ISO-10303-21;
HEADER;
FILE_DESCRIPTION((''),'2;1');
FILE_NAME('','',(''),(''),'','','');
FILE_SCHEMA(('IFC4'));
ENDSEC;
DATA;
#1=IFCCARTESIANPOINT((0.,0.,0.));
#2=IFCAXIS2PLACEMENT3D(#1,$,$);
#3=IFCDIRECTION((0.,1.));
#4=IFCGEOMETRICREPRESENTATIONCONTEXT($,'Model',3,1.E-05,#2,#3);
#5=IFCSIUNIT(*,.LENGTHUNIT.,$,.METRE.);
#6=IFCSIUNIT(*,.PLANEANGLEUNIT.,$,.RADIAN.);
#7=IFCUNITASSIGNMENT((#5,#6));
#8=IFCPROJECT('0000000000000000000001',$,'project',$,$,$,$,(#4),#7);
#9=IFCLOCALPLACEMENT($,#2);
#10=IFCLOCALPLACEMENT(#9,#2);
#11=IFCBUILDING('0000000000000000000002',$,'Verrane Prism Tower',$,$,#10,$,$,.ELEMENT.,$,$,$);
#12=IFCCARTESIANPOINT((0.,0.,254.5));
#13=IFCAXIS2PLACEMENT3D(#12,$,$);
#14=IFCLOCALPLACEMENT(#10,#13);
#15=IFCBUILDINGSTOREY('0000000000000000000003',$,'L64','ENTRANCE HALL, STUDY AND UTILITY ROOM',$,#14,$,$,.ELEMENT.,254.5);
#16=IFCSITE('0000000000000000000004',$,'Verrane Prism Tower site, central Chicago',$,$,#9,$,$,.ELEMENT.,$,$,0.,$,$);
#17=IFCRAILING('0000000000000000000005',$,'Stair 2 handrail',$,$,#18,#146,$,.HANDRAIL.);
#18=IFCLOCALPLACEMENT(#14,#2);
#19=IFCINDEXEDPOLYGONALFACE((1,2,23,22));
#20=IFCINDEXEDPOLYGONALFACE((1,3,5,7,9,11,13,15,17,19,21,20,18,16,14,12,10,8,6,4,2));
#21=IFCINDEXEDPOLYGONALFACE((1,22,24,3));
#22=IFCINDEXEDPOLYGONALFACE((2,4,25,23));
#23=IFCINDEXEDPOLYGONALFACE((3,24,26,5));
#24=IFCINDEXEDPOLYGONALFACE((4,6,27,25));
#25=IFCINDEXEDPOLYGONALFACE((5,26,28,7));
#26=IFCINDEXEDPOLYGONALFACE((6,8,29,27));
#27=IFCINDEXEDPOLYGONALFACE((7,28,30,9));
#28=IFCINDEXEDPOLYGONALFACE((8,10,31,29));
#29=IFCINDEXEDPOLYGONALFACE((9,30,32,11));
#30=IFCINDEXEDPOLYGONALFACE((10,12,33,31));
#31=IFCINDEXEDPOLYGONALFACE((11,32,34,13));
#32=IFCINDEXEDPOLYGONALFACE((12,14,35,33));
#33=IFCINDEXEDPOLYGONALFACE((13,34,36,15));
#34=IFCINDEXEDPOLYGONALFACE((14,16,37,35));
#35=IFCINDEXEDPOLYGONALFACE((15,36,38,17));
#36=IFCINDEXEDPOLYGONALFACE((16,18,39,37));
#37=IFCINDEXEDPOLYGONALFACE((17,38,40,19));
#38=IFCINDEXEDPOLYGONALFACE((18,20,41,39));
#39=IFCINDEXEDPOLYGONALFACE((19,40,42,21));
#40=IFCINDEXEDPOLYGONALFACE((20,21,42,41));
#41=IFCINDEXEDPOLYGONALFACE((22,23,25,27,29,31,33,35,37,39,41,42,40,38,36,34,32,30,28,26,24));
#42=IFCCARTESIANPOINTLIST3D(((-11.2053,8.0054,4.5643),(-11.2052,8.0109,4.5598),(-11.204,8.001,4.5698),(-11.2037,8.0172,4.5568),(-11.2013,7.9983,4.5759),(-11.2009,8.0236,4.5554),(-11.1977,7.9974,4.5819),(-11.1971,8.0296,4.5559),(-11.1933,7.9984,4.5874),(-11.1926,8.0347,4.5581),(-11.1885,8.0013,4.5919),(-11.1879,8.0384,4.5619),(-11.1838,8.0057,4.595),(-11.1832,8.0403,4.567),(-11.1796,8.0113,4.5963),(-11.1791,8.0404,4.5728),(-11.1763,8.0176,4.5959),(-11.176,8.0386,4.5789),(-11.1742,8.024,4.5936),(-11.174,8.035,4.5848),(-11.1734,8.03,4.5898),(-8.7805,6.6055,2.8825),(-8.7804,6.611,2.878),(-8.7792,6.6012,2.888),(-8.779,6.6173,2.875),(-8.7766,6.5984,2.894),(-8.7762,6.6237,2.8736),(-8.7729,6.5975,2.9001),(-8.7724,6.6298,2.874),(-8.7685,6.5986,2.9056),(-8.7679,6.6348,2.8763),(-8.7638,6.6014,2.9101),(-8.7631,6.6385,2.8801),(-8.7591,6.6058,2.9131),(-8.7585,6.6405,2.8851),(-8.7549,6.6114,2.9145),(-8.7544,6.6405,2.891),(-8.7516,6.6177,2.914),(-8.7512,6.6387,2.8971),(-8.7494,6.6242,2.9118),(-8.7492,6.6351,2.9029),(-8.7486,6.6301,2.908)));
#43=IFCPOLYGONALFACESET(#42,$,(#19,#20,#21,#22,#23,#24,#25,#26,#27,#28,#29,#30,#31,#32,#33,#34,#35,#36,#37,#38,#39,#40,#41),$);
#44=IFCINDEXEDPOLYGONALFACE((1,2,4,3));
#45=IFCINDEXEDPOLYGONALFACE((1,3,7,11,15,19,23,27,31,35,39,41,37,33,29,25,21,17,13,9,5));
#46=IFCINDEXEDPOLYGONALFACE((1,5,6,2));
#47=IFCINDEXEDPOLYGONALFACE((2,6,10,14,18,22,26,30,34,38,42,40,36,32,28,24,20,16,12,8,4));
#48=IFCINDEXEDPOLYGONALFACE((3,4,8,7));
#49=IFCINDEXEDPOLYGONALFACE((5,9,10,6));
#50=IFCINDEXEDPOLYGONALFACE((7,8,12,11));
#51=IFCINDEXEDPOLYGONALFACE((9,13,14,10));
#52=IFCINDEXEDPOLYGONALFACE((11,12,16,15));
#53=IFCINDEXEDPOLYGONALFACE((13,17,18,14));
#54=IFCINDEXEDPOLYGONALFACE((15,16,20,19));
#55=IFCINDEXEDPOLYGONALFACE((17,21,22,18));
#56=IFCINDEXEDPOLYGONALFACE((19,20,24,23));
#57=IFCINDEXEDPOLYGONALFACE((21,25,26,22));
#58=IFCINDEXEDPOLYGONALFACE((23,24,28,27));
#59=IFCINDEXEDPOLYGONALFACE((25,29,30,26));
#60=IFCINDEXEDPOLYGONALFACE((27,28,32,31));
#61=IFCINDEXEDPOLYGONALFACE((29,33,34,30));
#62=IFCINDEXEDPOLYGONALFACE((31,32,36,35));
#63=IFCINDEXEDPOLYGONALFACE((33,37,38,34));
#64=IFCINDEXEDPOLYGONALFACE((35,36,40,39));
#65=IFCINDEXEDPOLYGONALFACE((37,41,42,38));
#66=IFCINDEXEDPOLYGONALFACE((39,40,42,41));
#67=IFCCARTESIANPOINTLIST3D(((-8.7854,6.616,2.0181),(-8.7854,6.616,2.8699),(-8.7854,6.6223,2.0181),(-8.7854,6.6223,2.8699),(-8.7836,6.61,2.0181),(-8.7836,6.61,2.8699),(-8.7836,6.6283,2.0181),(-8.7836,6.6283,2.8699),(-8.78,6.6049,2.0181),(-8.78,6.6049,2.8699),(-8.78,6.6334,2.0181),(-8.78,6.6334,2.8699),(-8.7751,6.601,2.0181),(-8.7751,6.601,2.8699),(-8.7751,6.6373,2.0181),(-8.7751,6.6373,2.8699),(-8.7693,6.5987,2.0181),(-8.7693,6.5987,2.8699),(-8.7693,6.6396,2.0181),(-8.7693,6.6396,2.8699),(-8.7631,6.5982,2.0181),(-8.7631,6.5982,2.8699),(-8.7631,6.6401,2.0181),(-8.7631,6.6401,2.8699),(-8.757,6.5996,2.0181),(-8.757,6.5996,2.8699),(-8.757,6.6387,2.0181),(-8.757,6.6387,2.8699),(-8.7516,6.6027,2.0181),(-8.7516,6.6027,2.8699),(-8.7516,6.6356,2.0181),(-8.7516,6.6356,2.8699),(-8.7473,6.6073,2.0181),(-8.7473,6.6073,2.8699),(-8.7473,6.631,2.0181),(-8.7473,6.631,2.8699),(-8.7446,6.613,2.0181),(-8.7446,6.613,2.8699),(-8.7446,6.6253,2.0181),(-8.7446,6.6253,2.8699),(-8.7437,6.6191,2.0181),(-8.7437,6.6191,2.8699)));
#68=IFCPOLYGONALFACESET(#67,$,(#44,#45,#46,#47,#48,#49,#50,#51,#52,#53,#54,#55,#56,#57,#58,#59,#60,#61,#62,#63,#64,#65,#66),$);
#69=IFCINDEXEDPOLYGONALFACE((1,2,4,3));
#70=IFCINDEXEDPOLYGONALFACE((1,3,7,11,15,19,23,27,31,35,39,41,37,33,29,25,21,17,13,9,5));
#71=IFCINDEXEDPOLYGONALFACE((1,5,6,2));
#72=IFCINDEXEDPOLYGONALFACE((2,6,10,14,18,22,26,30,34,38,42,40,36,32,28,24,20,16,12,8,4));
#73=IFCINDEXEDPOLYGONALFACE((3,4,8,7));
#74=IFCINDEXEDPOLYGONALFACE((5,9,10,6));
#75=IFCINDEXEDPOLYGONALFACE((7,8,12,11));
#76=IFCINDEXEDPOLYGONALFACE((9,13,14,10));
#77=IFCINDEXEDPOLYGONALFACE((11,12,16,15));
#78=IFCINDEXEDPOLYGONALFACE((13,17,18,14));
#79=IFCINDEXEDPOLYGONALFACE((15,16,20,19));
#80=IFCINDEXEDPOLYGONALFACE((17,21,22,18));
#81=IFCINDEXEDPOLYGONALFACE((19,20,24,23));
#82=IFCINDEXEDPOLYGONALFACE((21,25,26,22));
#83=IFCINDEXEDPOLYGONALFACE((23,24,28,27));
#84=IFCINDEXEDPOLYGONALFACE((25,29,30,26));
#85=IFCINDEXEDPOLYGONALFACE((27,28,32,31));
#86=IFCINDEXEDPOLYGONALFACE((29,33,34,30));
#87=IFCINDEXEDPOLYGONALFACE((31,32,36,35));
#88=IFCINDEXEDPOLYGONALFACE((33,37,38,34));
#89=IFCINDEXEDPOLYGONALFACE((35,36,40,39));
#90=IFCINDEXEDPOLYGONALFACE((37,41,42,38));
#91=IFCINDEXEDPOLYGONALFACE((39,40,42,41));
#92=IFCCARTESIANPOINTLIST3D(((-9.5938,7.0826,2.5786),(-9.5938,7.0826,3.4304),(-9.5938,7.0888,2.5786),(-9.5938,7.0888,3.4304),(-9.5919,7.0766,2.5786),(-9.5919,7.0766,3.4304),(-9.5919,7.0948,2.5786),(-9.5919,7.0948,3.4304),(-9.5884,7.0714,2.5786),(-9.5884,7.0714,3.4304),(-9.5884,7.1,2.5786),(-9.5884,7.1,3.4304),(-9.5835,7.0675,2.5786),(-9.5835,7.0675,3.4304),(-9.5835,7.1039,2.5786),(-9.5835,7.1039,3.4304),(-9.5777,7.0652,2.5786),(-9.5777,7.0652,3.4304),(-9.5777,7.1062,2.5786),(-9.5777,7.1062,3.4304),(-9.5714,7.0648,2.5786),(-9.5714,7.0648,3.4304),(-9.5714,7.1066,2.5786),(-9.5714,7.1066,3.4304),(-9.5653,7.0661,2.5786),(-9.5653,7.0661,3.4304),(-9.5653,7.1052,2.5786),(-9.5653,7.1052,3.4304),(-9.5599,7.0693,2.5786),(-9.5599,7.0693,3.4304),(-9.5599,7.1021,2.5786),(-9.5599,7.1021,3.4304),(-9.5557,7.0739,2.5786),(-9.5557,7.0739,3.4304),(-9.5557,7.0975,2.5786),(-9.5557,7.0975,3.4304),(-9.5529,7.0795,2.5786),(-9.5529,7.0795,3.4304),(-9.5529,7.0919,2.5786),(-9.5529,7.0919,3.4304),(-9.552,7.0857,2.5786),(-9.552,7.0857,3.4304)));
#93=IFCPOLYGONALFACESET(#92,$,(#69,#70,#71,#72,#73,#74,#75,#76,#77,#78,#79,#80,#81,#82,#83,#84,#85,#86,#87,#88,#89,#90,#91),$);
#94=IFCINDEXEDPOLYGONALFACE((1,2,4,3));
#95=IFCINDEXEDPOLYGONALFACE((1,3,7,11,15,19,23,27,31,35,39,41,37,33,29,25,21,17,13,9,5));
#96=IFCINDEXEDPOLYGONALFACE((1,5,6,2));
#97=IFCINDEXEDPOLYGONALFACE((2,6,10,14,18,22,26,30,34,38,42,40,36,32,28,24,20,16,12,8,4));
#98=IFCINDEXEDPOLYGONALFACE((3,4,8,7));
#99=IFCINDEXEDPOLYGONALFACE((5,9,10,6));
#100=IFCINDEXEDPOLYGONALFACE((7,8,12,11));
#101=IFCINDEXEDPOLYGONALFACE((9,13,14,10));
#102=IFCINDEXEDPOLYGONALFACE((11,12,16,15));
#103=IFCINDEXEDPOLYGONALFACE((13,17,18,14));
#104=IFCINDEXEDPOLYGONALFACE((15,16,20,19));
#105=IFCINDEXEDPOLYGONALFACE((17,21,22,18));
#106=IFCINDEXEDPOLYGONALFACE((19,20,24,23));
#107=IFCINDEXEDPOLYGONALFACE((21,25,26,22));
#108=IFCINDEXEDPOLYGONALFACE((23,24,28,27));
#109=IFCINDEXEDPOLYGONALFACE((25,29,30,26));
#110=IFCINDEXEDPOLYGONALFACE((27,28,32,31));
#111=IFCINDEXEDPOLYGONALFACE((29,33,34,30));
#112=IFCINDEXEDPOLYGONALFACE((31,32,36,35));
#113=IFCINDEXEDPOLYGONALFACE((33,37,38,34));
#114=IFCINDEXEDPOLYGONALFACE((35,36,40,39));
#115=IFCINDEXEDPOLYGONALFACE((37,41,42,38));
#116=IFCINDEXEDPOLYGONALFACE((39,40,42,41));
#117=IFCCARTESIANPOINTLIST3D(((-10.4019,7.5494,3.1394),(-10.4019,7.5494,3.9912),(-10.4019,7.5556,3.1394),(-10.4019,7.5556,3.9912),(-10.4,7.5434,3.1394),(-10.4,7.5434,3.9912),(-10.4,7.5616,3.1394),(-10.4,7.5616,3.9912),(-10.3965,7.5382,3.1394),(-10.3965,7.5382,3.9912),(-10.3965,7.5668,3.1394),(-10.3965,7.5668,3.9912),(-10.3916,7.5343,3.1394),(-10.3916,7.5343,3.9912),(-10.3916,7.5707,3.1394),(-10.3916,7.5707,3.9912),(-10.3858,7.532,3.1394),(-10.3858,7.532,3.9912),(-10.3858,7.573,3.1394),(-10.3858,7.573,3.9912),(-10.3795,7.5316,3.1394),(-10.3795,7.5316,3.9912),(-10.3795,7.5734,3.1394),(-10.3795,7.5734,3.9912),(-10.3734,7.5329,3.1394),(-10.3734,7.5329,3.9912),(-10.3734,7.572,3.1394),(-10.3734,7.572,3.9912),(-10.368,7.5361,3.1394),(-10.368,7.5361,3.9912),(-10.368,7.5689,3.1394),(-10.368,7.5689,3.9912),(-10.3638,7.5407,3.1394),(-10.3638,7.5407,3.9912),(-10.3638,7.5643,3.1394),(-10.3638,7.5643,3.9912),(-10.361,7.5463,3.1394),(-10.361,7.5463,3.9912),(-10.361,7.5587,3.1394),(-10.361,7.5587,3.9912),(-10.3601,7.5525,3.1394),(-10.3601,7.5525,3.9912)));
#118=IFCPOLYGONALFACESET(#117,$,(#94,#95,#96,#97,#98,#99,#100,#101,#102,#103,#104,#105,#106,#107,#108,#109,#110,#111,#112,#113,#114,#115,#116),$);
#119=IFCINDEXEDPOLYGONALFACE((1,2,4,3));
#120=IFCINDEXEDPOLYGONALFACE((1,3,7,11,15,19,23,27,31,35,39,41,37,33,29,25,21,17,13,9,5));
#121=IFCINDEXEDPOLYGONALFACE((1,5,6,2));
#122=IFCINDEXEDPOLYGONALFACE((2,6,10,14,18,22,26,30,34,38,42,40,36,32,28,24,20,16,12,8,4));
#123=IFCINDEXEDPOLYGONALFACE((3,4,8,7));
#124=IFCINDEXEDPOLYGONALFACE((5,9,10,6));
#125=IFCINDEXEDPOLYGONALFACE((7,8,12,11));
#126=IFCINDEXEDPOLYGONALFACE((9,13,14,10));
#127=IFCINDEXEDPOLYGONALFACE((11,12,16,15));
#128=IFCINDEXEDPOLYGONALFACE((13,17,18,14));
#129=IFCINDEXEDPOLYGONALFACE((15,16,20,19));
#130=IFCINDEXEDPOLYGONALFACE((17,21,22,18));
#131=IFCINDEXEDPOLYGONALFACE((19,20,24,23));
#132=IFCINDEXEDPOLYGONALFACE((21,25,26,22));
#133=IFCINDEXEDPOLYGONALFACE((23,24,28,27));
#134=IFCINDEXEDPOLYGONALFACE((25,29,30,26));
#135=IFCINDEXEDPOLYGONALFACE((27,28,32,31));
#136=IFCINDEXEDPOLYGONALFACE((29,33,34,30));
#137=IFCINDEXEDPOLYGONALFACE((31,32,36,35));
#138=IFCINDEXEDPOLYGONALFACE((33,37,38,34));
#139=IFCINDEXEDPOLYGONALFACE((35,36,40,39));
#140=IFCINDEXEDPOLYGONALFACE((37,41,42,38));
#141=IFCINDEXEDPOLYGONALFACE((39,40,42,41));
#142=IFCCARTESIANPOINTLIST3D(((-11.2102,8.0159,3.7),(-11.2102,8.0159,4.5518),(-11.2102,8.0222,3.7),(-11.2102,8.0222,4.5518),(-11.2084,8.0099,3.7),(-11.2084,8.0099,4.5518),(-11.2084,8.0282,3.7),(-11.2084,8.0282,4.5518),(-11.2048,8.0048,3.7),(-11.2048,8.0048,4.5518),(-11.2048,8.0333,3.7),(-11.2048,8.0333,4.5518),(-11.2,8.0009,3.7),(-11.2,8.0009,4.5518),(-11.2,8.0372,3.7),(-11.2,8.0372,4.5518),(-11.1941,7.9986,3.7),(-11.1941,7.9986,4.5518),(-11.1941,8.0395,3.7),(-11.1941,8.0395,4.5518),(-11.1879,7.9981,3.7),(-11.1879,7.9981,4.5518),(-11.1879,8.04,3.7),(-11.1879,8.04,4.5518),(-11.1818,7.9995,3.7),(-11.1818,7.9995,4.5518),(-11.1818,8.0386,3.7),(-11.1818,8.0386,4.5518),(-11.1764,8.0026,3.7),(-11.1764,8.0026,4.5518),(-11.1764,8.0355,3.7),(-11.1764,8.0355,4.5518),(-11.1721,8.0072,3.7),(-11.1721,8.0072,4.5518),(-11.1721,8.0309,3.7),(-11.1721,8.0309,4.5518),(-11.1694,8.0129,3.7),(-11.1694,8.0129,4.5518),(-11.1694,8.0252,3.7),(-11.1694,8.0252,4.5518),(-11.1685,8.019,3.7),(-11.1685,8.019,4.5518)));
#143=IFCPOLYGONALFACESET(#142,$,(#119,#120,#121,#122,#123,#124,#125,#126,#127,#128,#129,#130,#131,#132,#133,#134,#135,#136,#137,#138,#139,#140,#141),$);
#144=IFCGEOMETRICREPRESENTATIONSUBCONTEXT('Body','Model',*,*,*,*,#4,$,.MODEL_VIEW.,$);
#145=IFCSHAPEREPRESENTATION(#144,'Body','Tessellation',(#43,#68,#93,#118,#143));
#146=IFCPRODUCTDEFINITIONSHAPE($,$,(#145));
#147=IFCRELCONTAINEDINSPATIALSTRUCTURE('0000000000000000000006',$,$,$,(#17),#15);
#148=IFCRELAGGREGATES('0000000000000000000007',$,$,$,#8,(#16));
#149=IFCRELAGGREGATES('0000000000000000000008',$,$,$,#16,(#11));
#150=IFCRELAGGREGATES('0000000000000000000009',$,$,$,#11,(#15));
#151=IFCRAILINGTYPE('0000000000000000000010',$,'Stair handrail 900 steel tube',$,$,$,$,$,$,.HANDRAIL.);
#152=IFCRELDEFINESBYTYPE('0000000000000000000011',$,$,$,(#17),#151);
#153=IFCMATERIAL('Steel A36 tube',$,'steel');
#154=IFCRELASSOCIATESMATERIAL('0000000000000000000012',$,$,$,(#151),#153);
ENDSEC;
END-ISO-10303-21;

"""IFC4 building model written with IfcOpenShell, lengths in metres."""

from ifc_helpers import new_model, si_unit, direction, frame, origin, origin_2d, place, context, subcontext, project, spatial, circle, extrude, material, type_object, element, save


model = new_model("IFC4")

# Units and contexts
model_context = context("Model", 3, precision=1e-05, world=origin(), true_north=direction((0.0, 1.0)))
body_context = subcontext(model_context, "Body", "Model", "MODEL_VIEW")
ifc_project = project(units=[si_unit("LENGTHUNIT", "METRE"), si_unit("PLANEANGLEUNIT", "RADIAN")], contexts=[model_context])

# Site, building, storey
site_placement = place(None, origin())
site = spatial("IfcSite", under=ifc_project, at=site_placement, Name="Verrane Prism Tower site, central Chicago", CompositionType="ELEMENT", RefElevation=0.0)
building_placement = place(site_placement, origin())
building = spatial("IfcBuilding", under=site, at=building_placement, Name="Verrane Prism Tower", CompositionType="ELEMENT")
storey_placement = place(building_placement, frame((0.0, 0.0, 254.5)))
storey = spatial("IfcBuildingStorey", under=building, at=storey_placement, Name="L64", Description="ENTRANCE HALL, STUDY AND UTILITY ROOM", CompositionType="ELEMENT", Elevation=254.5)

# Railing
ifc_material_1 = material(Name="Steel A36 tube", Category="steel")
railing_type_1 = type_object("IfcRailingType", Name="Stair handrail 900 steel tube", PredefinedType="HANDRAIL", material=ifc_material_1)
railing_1_placement = place(storey_placement, frame((-8.7646, 6.6191, 2.0181)))
element("IfcRailing", 1, at=railing_1_placement, inside=storey, type_object=railing_type_1, Name="Stair 2 handrail", PredefinedType="HANDRAIL", context=body_context, shape_type="SweptSolid", body=[
    extrude(circle(Radius=0.0239, at=origin_2d()), frame((0.0, 0.0, 0.876), z_axis=(-0.74239, 0.428601, 0.514934), x_axis=(-0.499984, -0.866035, 0.0)), (0.0, 0.0, 1.0), 3.2661),
    extrude(circle(Radius=0.021, at=origin_2d()), origin(), (0.0, 0.0, 1.0), 0.8518),
    extrude(circle(Radius=0.021, at=origin_2d()), frame((-0.8083, 0.4666, 0.5605)), (0.0, 0.0, 1.0), 0.8518),
    extrude(circle(Radius=0.021, at=origin_2d()), frame((-1.6165, 0.9333, 1.1213)), (0.0, 0.0, 1.0), 0.8518),
    extrude(circle(Radius=0.021, at=origin_2d()), frame((-2.4248, 1.3999, 1.6819)), (0.0, 0.0, 1.0), 0.8518),
])

save(model, "model.ifc")
